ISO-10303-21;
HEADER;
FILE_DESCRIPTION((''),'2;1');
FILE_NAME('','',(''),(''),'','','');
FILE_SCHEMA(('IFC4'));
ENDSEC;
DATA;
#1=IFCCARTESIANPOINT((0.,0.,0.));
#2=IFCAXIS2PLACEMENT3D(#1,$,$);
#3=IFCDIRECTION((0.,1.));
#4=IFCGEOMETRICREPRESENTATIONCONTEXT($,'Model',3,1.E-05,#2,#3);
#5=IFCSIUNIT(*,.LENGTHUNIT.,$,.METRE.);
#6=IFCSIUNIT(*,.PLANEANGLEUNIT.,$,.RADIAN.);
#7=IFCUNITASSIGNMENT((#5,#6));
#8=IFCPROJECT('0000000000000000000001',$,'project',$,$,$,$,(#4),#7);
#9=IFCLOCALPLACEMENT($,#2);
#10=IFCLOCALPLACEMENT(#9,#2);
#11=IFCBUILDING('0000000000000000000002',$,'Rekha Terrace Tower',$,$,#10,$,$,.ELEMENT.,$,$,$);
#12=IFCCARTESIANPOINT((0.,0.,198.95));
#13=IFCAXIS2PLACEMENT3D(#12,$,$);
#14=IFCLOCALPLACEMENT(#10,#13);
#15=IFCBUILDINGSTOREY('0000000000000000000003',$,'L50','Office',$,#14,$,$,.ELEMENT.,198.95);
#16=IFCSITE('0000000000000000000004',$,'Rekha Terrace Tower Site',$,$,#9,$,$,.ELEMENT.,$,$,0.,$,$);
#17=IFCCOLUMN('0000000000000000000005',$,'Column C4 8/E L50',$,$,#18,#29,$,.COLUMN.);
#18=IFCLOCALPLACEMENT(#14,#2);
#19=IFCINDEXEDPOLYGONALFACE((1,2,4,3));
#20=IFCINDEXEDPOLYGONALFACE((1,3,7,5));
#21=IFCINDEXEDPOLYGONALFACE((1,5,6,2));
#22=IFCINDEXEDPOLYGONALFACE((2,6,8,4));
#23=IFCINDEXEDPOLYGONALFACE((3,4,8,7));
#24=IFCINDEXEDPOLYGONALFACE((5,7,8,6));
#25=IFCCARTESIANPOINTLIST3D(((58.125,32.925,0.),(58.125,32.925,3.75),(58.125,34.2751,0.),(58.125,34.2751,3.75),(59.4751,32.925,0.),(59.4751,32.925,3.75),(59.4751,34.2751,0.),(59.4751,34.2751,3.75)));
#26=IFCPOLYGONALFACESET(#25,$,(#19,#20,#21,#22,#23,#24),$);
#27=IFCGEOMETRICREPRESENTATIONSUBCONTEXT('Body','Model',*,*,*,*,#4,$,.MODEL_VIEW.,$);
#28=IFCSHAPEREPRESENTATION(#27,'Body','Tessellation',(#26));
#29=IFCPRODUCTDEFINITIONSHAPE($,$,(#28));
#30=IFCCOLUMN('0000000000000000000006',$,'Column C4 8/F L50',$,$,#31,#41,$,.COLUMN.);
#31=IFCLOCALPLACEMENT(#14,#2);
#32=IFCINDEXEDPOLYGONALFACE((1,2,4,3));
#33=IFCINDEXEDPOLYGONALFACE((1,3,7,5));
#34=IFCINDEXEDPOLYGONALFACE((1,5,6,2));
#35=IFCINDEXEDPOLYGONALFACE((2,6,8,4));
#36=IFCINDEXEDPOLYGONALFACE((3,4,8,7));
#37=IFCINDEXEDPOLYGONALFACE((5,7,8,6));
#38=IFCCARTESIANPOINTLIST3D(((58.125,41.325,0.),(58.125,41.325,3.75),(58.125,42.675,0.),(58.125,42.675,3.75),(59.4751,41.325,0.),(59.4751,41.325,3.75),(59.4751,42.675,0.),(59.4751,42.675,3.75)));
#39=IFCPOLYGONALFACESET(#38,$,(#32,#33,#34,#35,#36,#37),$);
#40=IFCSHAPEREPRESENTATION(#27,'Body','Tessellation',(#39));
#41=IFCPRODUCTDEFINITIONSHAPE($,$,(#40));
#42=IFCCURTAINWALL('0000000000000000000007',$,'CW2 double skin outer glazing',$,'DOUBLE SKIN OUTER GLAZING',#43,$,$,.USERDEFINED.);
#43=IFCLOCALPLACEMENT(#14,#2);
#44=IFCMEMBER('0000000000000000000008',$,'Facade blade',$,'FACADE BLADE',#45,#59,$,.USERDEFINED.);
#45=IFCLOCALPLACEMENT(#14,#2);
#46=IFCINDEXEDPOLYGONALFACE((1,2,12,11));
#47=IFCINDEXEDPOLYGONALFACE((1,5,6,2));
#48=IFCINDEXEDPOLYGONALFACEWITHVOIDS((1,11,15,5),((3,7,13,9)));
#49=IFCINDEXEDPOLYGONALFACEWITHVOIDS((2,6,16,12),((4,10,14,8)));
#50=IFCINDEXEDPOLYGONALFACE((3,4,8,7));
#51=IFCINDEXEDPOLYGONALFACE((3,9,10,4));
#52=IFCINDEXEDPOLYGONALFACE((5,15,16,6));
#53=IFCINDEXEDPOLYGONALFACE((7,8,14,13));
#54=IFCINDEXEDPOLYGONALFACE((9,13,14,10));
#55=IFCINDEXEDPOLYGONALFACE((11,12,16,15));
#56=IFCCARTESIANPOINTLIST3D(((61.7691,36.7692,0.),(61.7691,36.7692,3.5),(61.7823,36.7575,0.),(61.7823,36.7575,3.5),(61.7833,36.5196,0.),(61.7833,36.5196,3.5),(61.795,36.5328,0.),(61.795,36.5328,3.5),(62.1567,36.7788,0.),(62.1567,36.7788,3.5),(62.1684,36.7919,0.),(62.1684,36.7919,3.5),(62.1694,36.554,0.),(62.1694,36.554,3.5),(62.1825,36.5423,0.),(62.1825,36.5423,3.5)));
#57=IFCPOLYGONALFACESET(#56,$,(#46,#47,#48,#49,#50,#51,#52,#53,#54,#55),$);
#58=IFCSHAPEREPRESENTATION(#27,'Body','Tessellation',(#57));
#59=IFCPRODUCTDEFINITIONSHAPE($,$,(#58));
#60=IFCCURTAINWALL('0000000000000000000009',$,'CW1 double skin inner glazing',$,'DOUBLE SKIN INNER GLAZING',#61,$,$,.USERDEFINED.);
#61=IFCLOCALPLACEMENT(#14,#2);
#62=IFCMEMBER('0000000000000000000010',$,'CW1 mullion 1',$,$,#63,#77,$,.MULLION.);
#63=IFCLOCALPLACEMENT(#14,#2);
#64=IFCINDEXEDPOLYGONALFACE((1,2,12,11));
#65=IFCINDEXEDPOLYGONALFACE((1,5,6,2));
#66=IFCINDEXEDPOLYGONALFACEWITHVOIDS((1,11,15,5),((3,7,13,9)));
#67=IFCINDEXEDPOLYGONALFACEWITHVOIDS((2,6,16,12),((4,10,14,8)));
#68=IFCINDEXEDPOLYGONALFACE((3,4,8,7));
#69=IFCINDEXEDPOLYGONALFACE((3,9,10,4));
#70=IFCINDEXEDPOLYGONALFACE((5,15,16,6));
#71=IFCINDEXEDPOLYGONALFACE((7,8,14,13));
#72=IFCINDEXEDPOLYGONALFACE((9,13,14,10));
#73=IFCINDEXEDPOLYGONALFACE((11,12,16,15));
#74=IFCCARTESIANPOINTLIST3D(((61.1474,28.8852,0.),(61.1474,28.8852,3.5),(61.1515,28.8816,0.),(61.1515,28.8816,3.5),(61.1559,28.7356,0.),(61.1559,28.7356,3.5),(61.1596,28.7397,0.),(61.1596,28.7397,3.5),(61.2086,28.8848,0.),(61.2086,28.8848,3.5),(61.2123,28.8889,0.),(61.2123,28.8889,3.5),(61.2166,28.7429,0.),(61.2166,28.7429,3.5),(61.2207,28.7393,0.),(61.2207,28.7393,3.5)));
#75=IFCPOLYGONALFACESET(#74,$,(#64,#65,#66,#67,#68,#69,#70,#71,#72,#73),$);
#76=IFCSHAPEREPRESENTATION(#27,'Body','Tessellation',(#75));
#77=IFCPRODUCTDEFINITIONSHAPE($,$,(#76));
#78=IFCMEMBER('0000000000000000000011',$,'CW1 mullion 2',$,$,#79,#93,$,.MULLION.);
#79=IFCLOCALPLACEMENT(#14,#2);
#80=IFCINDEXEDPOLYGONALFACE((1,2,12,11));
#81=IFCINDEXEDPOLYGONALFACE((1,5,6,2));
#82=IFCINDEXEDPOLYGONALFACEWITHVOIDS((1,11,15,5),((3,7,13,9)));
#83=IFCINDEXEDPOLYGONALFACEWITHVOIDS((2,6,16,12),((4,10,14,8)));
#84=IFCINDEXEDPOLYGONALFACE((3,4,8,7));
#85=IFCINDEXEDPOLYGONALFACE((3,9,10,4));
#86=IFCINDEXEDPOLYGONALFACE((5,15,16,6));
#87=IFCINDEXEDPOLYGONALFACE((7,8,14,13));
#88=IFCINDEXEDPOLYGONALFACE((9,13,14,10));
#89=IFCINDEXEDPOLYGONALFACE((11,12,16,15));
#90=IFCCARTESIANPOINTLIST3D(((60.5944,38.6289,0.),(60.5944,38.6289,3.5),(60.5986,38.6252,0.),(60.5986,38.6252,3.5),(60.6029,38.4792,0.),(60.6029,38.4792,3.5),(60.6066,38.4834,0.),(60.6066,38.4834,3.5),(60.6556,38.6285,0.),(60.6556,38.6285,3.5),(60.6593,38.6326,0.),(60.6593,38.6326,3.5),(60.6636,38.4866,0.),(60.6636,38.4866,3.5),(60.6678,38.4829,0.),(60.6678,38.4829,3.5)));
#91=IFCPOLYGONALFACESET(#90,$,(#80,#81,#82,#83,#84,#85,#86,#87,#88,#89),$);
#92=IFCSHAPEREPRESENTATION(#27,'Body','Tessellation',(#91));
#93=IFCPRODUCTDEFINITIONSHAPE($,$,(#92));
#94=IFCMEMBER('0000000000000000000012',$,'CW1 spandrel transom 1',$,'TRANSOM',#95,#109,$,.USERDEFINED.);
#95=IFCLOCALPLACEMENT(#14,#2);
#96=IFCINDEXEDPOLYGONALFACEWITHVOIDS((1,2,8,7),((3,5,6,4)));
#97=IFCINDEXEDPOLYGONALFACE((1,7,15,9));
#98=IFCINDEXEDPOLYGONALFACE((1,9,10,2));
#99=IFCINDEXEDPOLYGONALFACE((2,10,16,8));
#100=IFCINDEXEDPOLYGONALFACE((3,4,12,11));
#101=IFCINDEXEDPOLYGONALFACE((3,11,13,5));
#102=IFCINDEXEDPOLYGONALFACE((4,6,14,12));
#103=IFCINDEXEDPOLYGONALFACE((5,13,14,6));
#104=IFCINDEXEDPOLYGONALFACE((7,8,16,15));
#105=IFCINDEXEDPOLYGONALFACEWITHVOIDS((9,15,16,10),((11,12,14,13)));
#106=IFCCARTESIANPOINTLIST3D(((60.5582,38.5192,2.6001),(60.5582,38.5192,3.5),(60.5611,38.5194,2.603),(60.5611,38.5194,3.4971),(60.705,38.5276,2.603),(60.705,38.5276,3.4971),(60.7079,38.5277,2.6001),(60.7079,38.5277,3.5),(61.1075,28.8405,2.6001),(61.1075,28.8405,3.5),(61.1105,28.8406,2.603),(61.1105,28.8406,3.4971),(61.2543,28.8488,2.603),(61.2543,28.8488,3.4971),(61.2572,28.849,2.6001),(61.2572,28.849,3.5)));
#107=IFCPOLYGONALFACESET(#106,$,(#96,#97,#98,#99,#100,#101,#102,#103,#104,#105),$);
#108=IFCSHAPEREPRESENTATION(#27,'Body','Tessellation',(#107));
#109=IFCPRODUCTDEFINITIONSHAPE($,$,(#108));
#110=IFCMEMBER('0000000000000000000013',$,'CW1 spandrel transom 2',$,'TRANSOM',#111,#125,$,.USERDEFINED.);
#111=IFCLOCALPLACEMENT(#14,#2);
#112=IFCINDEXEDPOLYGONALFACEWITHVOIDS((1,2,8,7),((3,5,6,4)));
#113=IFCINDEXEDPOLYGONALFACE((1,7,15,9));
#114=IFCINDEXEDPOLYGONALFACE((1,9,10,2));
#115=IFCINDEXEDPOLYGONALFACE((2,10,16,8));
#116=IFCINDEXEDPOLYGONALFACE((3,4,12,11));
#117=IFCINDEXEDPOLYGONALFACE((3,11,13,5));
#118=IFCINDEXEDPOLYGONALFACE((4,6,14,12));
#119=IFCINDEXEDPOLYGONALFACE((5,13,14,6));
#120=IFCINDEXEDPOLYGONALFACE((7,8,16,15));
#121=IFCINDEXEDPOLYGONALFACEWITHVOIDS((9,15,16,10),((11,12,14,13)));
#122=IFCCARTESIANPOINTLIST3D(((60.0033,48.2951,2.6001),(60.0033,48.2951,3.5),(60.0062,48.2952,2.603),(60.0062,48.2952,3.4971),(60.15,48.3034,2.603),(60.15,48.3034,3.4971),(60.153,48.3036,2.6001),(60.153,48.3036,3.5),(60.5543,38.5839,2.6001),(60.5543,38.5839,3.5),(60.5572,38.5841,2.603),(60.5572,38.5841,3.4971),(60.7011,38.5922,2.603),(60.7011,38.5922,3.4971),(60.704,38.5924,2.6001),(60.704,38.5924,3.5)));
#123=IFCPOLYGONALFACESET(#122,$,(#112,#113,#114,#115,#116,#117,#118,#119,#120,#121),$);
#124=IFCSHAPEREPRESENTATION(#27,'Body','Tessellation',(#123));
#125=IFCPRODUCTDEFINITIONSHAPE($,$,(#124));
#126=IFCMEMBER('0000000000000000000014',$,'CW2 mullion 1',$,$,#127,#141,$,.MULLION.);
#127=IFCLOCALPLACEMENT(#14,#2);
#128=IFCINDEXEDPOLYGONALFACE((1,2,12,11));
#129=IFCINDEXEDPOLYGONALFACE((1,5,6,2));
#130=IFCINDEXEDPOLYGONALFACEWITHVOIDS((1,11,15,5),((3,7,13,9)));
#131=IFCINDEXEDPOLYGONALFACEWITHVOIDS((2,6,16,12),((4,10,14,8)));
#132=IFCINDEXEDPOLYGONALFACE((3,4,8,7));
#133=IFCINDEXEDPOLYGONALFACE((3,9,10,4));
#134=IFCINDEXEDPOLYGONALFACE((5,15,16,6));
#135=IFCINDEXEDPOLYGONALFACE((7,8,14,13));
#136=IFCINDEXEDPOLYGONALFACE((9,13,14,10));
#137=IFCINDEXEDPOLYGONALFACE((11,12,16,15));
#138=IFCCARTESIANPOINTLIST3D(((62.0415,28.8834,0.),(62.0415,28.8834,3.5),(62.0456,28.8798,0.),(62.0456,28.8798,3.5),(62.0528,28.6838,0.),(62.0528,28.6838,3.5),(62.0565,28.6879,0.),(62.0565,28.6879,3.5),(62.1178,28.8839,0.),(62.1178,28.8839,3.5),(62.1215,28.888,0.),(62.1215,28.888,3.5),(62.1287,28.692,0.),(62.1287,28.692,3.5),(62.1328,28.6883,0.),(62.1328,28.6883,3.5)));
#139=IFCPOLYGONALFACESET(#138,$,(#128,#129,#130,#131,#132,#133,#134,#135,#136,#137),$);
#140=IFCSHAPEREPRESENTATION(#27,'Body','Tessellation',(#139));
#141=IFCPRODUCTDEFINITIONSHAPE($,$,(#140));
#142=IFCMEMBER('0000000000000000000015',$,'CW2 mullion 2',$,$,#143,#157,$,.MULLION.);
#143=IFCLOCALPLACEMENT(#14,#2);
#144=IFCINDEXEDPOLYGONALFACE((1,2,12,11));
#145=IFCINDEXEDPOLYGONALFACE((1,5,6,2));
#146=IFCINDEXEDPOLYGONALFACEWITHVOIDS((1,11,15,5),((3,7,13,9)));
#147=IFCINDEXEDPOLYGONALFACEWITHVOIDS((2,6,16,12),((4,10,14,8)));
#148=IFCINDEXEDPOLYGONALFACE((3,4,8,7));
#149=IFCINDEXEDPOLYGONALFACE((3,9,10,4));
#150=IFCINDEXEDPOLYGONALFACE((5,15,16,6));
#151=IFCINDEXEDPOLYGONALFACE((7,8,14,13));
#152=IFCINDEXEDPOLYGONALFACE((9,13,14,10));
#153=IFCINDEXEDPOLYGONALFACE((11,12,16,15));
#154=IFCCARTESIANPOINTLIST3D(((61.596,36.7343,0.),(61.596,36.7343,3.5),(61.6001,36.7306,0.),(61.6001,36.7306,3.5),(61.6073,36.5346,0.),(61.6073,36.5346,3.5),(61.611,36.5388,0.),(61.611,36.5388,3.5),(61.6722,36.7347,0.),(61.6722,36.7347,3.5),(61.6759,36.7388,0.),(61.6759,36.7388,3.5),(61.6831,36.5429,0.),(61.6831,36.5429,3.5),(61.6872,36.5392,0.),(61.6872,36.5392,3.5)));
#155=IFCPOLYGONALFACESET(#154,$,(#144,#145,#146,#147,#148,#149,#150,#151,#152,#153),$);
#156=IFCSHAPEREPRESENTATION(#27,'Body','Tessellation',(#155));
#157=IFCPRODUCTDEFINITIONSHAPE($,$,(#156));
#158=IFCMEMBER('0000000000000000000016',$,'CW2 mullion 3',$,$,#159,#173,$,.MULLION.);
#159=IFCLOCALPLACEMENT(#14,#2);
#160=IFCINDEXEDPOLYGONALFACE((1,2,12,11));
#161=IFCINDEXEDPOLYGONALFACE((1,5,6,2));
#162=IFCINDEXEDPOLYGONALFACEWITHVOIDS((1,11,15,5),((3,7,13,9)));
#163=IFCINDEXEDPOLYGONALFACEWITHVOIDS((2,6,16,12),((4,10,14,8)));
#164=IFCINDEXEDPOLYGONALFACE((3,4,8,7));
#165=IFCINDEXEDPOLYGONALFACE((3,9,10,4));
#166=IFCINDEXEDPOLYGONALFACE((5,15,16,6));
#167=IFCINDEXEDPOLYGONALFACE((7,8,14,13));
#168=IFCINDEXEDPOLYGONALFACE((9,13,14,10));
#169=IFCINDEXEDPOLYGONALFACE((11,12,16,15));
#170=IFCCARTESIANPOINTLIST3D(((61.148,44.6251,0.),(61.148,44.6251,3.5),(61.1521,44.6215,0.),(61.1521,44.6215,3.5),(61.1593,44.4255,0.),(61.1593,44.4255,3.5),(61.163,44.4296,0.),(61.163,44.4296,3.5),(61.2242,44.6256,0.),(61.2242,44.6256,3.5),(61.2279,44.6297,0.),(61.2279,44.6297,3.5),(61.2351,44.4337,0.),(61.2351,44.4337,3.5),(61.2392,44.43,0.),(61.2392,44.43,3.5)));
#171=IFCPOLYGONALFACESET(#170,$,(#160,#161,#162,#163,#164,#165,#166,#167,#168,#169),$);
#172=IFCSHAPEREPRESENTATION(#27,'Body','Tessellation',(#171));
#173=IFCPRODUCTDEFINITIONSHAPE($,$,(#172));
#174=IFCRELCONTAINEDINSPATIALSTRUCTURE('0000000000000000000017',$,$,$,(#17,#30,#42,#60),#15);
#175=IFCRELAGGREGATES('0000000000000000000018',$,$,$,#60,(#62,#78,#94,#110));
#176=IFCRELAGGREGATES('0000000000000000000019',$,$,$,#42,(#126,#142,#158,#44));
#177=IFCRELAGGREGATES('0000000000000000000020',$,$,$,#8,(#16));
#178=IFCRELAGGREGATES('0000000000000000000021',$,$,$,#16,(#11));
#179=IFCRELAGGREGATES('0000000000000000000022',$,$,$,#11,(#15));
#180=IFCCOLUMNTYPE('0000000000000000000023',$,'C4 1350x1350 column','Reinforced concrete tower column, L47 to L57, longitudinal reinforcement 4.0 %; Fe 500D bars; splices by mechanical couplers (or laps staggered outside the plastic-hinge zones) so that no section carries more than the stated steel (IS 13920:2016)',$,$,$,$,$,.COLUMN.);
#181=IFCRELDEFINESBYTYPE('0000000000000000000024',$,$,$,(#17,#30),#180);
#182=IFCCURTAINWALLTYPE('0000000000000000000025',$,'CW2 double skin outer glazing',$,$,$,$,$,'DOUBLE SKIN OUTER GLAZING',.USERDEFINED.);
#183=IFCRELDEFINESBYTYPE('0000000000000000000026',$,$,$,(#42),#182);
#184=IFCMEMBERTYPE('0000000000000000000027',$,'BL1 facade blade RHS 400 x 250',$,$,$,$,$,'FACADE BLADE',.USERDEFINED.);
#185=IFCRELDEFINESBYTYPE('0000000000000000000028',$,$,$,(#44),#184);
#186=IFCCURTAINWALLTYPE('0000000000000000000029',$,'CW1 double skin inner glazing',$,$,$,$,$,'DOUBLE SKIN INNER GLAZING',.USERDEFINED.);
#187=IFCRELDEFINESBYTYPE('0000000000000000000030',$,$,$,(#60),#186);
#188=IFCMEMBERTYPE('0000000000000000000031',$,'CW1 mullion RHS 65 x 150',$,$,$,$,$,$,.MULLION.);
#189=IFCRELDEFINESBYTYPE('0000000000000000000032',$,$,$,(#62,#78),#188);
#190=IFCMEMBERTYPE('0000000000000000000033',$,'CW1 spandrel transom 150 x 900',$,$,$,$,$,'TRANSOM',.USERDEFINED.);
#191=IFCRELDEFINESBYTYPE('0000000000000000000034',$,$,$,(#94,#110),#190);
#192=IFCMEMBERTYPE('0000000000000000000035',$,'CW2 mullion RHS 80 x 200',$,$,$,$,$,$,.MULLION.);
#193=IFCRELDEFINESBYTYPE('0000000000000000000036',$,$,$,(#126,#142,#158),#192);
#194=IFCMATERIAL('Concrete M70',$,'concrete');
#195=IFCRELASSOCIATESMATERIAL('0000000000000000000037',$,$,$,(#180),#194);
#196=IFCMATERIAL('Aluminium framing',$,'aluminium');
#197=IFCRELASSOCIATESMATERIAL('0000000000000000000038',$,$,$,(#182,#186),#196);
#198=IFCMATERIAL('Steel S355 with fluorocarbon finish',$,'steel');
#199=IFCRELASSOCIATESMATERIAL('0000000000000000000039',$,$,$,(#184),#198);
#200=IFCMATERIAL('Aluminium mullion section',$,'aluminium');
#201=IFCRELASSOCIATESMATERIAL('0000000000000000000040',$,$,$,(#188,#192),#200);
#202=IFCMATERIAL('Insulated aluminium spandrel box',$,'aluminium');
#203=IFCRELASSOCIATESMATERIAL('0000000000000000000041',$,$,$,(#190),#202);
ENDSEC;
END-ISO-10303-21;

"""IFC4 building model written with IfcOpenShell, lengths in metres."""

from ifc_helpers import new_model, si_unit, direction, frame, origin, origin_2d, place, context, subcontext, project, spatial, rectangle, hollow_rectangle, extrude, material, material_profile, profile_set, type_object, element, aggregate, save


model = new_model("IFC4")

# Units and contexts
model_context = context("Model", 3, precision=1e-05, world=origin(), true_north=direction((0.0, 1.0)))
body_context = subcontext(model_context, "Body", "Model", "MODEL_VIEW")
ifc_project = project(units=[si_unit("LENGTHUNIT", "METRE"), si_unit("PLANEANGLEUNIT", "RADIAN")], contexts=[model_context])

# Site, building, storey
site_placement = place(None, origin())
site = spatial("IfcSite", under=ifc_project, at=site_placement, Name="Rekha Terrace Tower Site", CompositionType="ELEMENT", RefElevation=0.0)
building_placement = place(site_placement, origin())
building = spatial("IfcBuilding", under=site, at=building_placement, Name="Rekha Terrace Tower", CompositionType="ELEMENT")
storey_placement = place(building_placement, frame((0.0, 0.0, 198.95)))
storey = spatial("IfcBuildingStorey", under=building, at=storey_placement, Name="L50", Description="Office", CompositionType="ELEMENT", Elevation=198.95)

# Columns
ifc_material_1 = material(Name="Concrete M70", Category="concrete")
ifc_material_profile_1 = material_profile(ifc_material_1, rectangle(XDim=1.3501, YDim=1.3501, at=origin_2d()), Name="RC 1350x1350")
ifc_profile_set_1 = profile_set([ifc_material_profile_1], Name="Concrete M70")
column_type = type_object("IfcColumnType", Name="C4 1350x1350 column", Description="Reinforced concrete tower column, L47 to L57, longitudinal reinforcement 4.0 %; Fe 500D bars; splices by mechanical couplers (or laps staggered outside the plastic-hinge zones) so that no section carries more than the stated steel (IS 13920:2016)", PredefinedType="COLUMN", material=ifc_profile_set_1)
for number, where, z_axis, x_axis, name in (
    (1, (58.8, 33.6001, 0.0), (0.0, 0.0, 1.0), (1.0, 0.0, 0.0), "Column C4 8/E L50"),
    (2, (58.8, 42.0, 0.0), (0.0, 0.0, 1.0), (1.0, 0.0, 0.0), "Column C4 8/F L50"),
):
    element("IfcColumn", number, at=place(storey_placement, frame(where, z_axis=z_axis, x_axis=x_axis)), inside=storey, type_object=column_type, Name=name, PredefinedType="COLUMN", context=body_context, shape_type="SweptSolid", body=[
        extrude(rectangle(XDim=1.3501, YDim=1.3501, at=origin_2d()), origin(), (0.0, 0.0, 1.0), 3.75),
    ])

# Curtain wall, member
ifc_material_2 = material(Name="Aluminium framing", Category="aluminium")
curtain_wall_type_1 = type_object("IfcCurtainWallType", Name="CW2 double skin outer glazing", ElementType="DOUBLE SKIN OUTER GLAZING", PredefinedType="USERDEFINED", material=ifc_material_2)
curtain_wall_1_placement = place(storey_placement, origin())
curtain_wall_1 = element("IfcCurtainWall", 3, at=curtain_wall_1_placement, inside=storey, type_object=curtain_wall_type_1, Name="CW2 double skin outer glazing", ObjectType="DOUBLE SKIN OUTER GLAZING", PredefinedType="USERDEFINED")
ifc_material_3 = material(Name="Steel S355 with fluorocarbon finish", Category="steel")
ifc_material_profile_2 = material_profile(ifc_material_3, hollow_rectangle(XDim=0.25, YDim=0.3999, WallThickness=0.0125, at=origin_2d()), Name="RHS400x250x12.5")
ifc_profile_set_2 = profile_set([ifc_material_profile_2], Name="Steel S355 with fluorocarbon finish")
member_type_1 = type_object("IfcMemberType", Name="BL1 facade blade RHS 400 x 250", ElementType="FACADE BLADE", PredefinedType="USERDEFINED", material=ifc_profile_set_2)
member_1_placement = place(storey_placement, frame((61.9758, 36.6558, 0.0), z_axis=(0.0, 0.0, 1.0), x_axis=(-0.056674, 0.998393, 0.0)))
member_1 = element("IfcMember", 4, at=member_1_placement, type_object=member_type_1, Name="Facade blade", ObjectType="FACADE BLADE", PredefinedType="USERDEFINED", context=body_context, shape_type="SweptSolid", body=[
    extrude(hollow_rectangle(XDim=0.25, YDim=0.3999, WallThickness=0.0125, at=origin_2d()), origin(), (0.0, 0.0, 1.0), 3.5),
])

# Curtain wall, members
curtain_wall_type_2 = type_object("IfcCurtainWallType", Name="CW1 double skin inner glazing", ElementType="DOUBLE SKIN INNER GLAZING", PredefinedType="USERDEFINED", material=ifc_material_2)
curtain_wall_2_placement = place(storey_placement, origin())
curtain_wall_2 = element("IfcCurtainWall", 5, at=curtain_wall_2_placement, inside=storey, type_object=curtain_wall_type_2, Name="CW1 double skin inner glazing", ObjectType="DOUBLE SKIN INNER GLAZING", PredefinedType="USERDEFINED")
ifc_material_4 = material(Name="Aluminium mullion section", Category="aluminium")
ifc_material_profile_3 = material_profile(ifc_material_4, hollow_rectangle(XDim=0.0649, YDim=0.1499, WallThickness=0.0039, at=origin_2d()), Name="AL RHS 65x150")
ifc_profile_set_3 = profile_set([ifc_material_profile_3], Name="Aluminium mullion section")
member_type_2 = type_object("IfcMemberType", Name="CW1 mullion RHS 65 x 150", PredefinedType="MULLION", material=ifc_profile_set_3)
member_2_placement = place(storey_placement, frame((61.1841, 28.8123, 0.0), z_axis=(0.0, 0.0, 1.0), x_axis=(-0.998393, -0.056673, 0.0)))
member_2 = element("IfcMember", 6, at=member_2_placement, type_object=member_type_2, Name="CW1 mullion 1", PredefinedType="MULLION", context=body_context, shape_type="SweptSolid", body=[
    extrude(hollow_rectangle(XDim=0.0649, YDim=0.1499, WallThickness=0.0039, at=origin_2d()), origin(), (0.0, 0.0, 1.0), 3.5),
])
member_3_placement = place(storey_placement, frame((60.6311, 38.5559, 0.0), z_axis=(0.0, 0.0, 1.0), x_axis=(-0.998393, -0.056673, 0.0)))
member_3 = element("IfcMember", 7, at=member_3_placement, type_object=member_type_2, Name="CW1 mullion 2", PredefinedType="MULLION", context=body_context, shape_type="SweptSolid", body=[
    extrude(hollow_rectangle(XDim=0.0649, YDim=0.1499, WallThickness=0.0039, at=origin_2d()), origin(), (0.0, 0.0, 1.0), 3.5),
])
ifc_material_5 = material(Name="Insulated aluminium spandrel box", Category="aluminium")
ifc_material_profile_4 = material_profile(ifc_material_5, hollow_rectangle(XDim=0.1499, YDim=0.8999, WallThickness=0.0029, at=origin_2d()), Name="AL SPANDREL BOX 150x900")
ifc_profile_set_4 = profile_set([ifc_material_profile_4], Name="Insulated aluminium spandrel box")
member_type_3 = type_object("IfcMemberType", Name="CW1 spandrel transom 150 x 900", ElementType="TRANSOM", PredefinedType="USERDEFINED", material=ifc_profile_set_4)
member_4_placement = place(storey_placement, frame((61.1824, 28.8447, 3.05), z_axis=(-0.056664, 0.998393, 0.0), x_axis=(-0.998393, -0.056664, 0.0)))
member_4 = element("IfcMember", 8, at=member_4_placement, type_object=member_type_3, Name="CW1 spandrel transom 1", ObjectType="TRANSOM", PredefinedType="USERDEFINED", context=body_context, shape_type="SweptSolid", body=[
    extrude(hollow_rectangle(XDim=0.1499, YDim=0.8999, WallThickness=0.0029, at=origin_2d()), origin(), (0.0, 0.0, 1.0), 9.6943),
])
member_5_placement = place(storey_placement, frame((60.6292, 38.5881, 3.05), z_axis=(-0.05665, 0.998394, 0.0), x_axis=(-0.998394, -0.05665, 0.0)))
member_5 = element("IfcMember", 9, at=member_5_placement, type_object=member_type_3, Name="CW1 spandrel transom 2", ObjectType="TRANSOM", PredefinedType="USERDEFINED", context=body_context, shape_type="SweptSolid", body=[
    extrude(hollow_rectangle(XDim=0.1499, YDim=0.8999, WallThickness=0.0029, at=origin_2d()), origin(), (0.0, 0.0, 1.0), 9.7268),
])

# Members
ifc_material_profile_5 = material_profile(ifc_material_4, hollow_rectangle(XDim=0.0801, YDim=0.2, WallThickness=0.0039, at=origin_2d()), Name="AL RHS 80x200")
ifc_profile_set_5 = profile_set([ifc_material_profile_5], Name="Aluminium mullion section")
member_type_4 = type_object("IfcMemberType", Name="CW2 mullion RHS 80 x 200", PredefinedType="MULLION", material=ifc_profile_set_5)
member_6_placement = place(storey_placement, frame((62.0872, 28.7859, 0.0), z_axis=(0.0, 0.0, 1.0), x_axis=(-0.998393, -0.056673, 0.0)))
member_6 = element("IfcMember", 10, at=member_6_placement, type_object=member_type_4, Name="CW2 mullion 1", PredefinedType="MULLION", context=body_context, shape_type="SweptSolid", body=[
    extrude(hollow_rectangle(XDim=0.0801, YDim=0.2, WallThickness=0.0039, at=origin_2d()), origin(), (0.0, 0.0, 1.0), 3.5),
])
member_7_placement = place(storey_placement, frame((61.6416, 36.6367, 0.0), z_axis=(0.0, 0.0, 1.0), x_axis=(-0.998393, -0.056673, 0.0)))
member_7 = element("IfcMember", 11, at=member_7_placement, type_object=member_type_4, Name="CW2 mullion 2", PredefinedType="MULLION", context=body_context, shape_type="SweptSolid", body=[
    extrude(hollow_rectangle(XDim=0.0801, YDim=0.2, WallThickness=0.0039, at=origin_2d()), origin(), (0.0, 0.0, 1.0), 3.5),
])
member_8_placement = place(storey_placement, frame((61.1936, 44.5276, 0.0), z_axis=(0.0, 0.0, 1.0), x_axis=(-0.998393, -0.056673, 0.0)))
member_8 = element("IfcMember", 12, at=member_8_placement, type_object=member_type_4, Name="CW2 mullion 3", PredefinedType="MULLION", context=body_context, shape_type="SweptSolid", body=[
    extrude(hollow_rectangle(XDim=0.0801, YDim=0.2, WallThickness=0.0039, at=origin_2d()), origin(), (0.0, 0.0, 1.0), 3.5),
])

aggregate(curtain_wall_2, [member_2, member_3, member_4, member_5])
aggregate(curtain_wall_1, [member_6, member_7, member_8, member_1])

save(model, "model.ifc")
